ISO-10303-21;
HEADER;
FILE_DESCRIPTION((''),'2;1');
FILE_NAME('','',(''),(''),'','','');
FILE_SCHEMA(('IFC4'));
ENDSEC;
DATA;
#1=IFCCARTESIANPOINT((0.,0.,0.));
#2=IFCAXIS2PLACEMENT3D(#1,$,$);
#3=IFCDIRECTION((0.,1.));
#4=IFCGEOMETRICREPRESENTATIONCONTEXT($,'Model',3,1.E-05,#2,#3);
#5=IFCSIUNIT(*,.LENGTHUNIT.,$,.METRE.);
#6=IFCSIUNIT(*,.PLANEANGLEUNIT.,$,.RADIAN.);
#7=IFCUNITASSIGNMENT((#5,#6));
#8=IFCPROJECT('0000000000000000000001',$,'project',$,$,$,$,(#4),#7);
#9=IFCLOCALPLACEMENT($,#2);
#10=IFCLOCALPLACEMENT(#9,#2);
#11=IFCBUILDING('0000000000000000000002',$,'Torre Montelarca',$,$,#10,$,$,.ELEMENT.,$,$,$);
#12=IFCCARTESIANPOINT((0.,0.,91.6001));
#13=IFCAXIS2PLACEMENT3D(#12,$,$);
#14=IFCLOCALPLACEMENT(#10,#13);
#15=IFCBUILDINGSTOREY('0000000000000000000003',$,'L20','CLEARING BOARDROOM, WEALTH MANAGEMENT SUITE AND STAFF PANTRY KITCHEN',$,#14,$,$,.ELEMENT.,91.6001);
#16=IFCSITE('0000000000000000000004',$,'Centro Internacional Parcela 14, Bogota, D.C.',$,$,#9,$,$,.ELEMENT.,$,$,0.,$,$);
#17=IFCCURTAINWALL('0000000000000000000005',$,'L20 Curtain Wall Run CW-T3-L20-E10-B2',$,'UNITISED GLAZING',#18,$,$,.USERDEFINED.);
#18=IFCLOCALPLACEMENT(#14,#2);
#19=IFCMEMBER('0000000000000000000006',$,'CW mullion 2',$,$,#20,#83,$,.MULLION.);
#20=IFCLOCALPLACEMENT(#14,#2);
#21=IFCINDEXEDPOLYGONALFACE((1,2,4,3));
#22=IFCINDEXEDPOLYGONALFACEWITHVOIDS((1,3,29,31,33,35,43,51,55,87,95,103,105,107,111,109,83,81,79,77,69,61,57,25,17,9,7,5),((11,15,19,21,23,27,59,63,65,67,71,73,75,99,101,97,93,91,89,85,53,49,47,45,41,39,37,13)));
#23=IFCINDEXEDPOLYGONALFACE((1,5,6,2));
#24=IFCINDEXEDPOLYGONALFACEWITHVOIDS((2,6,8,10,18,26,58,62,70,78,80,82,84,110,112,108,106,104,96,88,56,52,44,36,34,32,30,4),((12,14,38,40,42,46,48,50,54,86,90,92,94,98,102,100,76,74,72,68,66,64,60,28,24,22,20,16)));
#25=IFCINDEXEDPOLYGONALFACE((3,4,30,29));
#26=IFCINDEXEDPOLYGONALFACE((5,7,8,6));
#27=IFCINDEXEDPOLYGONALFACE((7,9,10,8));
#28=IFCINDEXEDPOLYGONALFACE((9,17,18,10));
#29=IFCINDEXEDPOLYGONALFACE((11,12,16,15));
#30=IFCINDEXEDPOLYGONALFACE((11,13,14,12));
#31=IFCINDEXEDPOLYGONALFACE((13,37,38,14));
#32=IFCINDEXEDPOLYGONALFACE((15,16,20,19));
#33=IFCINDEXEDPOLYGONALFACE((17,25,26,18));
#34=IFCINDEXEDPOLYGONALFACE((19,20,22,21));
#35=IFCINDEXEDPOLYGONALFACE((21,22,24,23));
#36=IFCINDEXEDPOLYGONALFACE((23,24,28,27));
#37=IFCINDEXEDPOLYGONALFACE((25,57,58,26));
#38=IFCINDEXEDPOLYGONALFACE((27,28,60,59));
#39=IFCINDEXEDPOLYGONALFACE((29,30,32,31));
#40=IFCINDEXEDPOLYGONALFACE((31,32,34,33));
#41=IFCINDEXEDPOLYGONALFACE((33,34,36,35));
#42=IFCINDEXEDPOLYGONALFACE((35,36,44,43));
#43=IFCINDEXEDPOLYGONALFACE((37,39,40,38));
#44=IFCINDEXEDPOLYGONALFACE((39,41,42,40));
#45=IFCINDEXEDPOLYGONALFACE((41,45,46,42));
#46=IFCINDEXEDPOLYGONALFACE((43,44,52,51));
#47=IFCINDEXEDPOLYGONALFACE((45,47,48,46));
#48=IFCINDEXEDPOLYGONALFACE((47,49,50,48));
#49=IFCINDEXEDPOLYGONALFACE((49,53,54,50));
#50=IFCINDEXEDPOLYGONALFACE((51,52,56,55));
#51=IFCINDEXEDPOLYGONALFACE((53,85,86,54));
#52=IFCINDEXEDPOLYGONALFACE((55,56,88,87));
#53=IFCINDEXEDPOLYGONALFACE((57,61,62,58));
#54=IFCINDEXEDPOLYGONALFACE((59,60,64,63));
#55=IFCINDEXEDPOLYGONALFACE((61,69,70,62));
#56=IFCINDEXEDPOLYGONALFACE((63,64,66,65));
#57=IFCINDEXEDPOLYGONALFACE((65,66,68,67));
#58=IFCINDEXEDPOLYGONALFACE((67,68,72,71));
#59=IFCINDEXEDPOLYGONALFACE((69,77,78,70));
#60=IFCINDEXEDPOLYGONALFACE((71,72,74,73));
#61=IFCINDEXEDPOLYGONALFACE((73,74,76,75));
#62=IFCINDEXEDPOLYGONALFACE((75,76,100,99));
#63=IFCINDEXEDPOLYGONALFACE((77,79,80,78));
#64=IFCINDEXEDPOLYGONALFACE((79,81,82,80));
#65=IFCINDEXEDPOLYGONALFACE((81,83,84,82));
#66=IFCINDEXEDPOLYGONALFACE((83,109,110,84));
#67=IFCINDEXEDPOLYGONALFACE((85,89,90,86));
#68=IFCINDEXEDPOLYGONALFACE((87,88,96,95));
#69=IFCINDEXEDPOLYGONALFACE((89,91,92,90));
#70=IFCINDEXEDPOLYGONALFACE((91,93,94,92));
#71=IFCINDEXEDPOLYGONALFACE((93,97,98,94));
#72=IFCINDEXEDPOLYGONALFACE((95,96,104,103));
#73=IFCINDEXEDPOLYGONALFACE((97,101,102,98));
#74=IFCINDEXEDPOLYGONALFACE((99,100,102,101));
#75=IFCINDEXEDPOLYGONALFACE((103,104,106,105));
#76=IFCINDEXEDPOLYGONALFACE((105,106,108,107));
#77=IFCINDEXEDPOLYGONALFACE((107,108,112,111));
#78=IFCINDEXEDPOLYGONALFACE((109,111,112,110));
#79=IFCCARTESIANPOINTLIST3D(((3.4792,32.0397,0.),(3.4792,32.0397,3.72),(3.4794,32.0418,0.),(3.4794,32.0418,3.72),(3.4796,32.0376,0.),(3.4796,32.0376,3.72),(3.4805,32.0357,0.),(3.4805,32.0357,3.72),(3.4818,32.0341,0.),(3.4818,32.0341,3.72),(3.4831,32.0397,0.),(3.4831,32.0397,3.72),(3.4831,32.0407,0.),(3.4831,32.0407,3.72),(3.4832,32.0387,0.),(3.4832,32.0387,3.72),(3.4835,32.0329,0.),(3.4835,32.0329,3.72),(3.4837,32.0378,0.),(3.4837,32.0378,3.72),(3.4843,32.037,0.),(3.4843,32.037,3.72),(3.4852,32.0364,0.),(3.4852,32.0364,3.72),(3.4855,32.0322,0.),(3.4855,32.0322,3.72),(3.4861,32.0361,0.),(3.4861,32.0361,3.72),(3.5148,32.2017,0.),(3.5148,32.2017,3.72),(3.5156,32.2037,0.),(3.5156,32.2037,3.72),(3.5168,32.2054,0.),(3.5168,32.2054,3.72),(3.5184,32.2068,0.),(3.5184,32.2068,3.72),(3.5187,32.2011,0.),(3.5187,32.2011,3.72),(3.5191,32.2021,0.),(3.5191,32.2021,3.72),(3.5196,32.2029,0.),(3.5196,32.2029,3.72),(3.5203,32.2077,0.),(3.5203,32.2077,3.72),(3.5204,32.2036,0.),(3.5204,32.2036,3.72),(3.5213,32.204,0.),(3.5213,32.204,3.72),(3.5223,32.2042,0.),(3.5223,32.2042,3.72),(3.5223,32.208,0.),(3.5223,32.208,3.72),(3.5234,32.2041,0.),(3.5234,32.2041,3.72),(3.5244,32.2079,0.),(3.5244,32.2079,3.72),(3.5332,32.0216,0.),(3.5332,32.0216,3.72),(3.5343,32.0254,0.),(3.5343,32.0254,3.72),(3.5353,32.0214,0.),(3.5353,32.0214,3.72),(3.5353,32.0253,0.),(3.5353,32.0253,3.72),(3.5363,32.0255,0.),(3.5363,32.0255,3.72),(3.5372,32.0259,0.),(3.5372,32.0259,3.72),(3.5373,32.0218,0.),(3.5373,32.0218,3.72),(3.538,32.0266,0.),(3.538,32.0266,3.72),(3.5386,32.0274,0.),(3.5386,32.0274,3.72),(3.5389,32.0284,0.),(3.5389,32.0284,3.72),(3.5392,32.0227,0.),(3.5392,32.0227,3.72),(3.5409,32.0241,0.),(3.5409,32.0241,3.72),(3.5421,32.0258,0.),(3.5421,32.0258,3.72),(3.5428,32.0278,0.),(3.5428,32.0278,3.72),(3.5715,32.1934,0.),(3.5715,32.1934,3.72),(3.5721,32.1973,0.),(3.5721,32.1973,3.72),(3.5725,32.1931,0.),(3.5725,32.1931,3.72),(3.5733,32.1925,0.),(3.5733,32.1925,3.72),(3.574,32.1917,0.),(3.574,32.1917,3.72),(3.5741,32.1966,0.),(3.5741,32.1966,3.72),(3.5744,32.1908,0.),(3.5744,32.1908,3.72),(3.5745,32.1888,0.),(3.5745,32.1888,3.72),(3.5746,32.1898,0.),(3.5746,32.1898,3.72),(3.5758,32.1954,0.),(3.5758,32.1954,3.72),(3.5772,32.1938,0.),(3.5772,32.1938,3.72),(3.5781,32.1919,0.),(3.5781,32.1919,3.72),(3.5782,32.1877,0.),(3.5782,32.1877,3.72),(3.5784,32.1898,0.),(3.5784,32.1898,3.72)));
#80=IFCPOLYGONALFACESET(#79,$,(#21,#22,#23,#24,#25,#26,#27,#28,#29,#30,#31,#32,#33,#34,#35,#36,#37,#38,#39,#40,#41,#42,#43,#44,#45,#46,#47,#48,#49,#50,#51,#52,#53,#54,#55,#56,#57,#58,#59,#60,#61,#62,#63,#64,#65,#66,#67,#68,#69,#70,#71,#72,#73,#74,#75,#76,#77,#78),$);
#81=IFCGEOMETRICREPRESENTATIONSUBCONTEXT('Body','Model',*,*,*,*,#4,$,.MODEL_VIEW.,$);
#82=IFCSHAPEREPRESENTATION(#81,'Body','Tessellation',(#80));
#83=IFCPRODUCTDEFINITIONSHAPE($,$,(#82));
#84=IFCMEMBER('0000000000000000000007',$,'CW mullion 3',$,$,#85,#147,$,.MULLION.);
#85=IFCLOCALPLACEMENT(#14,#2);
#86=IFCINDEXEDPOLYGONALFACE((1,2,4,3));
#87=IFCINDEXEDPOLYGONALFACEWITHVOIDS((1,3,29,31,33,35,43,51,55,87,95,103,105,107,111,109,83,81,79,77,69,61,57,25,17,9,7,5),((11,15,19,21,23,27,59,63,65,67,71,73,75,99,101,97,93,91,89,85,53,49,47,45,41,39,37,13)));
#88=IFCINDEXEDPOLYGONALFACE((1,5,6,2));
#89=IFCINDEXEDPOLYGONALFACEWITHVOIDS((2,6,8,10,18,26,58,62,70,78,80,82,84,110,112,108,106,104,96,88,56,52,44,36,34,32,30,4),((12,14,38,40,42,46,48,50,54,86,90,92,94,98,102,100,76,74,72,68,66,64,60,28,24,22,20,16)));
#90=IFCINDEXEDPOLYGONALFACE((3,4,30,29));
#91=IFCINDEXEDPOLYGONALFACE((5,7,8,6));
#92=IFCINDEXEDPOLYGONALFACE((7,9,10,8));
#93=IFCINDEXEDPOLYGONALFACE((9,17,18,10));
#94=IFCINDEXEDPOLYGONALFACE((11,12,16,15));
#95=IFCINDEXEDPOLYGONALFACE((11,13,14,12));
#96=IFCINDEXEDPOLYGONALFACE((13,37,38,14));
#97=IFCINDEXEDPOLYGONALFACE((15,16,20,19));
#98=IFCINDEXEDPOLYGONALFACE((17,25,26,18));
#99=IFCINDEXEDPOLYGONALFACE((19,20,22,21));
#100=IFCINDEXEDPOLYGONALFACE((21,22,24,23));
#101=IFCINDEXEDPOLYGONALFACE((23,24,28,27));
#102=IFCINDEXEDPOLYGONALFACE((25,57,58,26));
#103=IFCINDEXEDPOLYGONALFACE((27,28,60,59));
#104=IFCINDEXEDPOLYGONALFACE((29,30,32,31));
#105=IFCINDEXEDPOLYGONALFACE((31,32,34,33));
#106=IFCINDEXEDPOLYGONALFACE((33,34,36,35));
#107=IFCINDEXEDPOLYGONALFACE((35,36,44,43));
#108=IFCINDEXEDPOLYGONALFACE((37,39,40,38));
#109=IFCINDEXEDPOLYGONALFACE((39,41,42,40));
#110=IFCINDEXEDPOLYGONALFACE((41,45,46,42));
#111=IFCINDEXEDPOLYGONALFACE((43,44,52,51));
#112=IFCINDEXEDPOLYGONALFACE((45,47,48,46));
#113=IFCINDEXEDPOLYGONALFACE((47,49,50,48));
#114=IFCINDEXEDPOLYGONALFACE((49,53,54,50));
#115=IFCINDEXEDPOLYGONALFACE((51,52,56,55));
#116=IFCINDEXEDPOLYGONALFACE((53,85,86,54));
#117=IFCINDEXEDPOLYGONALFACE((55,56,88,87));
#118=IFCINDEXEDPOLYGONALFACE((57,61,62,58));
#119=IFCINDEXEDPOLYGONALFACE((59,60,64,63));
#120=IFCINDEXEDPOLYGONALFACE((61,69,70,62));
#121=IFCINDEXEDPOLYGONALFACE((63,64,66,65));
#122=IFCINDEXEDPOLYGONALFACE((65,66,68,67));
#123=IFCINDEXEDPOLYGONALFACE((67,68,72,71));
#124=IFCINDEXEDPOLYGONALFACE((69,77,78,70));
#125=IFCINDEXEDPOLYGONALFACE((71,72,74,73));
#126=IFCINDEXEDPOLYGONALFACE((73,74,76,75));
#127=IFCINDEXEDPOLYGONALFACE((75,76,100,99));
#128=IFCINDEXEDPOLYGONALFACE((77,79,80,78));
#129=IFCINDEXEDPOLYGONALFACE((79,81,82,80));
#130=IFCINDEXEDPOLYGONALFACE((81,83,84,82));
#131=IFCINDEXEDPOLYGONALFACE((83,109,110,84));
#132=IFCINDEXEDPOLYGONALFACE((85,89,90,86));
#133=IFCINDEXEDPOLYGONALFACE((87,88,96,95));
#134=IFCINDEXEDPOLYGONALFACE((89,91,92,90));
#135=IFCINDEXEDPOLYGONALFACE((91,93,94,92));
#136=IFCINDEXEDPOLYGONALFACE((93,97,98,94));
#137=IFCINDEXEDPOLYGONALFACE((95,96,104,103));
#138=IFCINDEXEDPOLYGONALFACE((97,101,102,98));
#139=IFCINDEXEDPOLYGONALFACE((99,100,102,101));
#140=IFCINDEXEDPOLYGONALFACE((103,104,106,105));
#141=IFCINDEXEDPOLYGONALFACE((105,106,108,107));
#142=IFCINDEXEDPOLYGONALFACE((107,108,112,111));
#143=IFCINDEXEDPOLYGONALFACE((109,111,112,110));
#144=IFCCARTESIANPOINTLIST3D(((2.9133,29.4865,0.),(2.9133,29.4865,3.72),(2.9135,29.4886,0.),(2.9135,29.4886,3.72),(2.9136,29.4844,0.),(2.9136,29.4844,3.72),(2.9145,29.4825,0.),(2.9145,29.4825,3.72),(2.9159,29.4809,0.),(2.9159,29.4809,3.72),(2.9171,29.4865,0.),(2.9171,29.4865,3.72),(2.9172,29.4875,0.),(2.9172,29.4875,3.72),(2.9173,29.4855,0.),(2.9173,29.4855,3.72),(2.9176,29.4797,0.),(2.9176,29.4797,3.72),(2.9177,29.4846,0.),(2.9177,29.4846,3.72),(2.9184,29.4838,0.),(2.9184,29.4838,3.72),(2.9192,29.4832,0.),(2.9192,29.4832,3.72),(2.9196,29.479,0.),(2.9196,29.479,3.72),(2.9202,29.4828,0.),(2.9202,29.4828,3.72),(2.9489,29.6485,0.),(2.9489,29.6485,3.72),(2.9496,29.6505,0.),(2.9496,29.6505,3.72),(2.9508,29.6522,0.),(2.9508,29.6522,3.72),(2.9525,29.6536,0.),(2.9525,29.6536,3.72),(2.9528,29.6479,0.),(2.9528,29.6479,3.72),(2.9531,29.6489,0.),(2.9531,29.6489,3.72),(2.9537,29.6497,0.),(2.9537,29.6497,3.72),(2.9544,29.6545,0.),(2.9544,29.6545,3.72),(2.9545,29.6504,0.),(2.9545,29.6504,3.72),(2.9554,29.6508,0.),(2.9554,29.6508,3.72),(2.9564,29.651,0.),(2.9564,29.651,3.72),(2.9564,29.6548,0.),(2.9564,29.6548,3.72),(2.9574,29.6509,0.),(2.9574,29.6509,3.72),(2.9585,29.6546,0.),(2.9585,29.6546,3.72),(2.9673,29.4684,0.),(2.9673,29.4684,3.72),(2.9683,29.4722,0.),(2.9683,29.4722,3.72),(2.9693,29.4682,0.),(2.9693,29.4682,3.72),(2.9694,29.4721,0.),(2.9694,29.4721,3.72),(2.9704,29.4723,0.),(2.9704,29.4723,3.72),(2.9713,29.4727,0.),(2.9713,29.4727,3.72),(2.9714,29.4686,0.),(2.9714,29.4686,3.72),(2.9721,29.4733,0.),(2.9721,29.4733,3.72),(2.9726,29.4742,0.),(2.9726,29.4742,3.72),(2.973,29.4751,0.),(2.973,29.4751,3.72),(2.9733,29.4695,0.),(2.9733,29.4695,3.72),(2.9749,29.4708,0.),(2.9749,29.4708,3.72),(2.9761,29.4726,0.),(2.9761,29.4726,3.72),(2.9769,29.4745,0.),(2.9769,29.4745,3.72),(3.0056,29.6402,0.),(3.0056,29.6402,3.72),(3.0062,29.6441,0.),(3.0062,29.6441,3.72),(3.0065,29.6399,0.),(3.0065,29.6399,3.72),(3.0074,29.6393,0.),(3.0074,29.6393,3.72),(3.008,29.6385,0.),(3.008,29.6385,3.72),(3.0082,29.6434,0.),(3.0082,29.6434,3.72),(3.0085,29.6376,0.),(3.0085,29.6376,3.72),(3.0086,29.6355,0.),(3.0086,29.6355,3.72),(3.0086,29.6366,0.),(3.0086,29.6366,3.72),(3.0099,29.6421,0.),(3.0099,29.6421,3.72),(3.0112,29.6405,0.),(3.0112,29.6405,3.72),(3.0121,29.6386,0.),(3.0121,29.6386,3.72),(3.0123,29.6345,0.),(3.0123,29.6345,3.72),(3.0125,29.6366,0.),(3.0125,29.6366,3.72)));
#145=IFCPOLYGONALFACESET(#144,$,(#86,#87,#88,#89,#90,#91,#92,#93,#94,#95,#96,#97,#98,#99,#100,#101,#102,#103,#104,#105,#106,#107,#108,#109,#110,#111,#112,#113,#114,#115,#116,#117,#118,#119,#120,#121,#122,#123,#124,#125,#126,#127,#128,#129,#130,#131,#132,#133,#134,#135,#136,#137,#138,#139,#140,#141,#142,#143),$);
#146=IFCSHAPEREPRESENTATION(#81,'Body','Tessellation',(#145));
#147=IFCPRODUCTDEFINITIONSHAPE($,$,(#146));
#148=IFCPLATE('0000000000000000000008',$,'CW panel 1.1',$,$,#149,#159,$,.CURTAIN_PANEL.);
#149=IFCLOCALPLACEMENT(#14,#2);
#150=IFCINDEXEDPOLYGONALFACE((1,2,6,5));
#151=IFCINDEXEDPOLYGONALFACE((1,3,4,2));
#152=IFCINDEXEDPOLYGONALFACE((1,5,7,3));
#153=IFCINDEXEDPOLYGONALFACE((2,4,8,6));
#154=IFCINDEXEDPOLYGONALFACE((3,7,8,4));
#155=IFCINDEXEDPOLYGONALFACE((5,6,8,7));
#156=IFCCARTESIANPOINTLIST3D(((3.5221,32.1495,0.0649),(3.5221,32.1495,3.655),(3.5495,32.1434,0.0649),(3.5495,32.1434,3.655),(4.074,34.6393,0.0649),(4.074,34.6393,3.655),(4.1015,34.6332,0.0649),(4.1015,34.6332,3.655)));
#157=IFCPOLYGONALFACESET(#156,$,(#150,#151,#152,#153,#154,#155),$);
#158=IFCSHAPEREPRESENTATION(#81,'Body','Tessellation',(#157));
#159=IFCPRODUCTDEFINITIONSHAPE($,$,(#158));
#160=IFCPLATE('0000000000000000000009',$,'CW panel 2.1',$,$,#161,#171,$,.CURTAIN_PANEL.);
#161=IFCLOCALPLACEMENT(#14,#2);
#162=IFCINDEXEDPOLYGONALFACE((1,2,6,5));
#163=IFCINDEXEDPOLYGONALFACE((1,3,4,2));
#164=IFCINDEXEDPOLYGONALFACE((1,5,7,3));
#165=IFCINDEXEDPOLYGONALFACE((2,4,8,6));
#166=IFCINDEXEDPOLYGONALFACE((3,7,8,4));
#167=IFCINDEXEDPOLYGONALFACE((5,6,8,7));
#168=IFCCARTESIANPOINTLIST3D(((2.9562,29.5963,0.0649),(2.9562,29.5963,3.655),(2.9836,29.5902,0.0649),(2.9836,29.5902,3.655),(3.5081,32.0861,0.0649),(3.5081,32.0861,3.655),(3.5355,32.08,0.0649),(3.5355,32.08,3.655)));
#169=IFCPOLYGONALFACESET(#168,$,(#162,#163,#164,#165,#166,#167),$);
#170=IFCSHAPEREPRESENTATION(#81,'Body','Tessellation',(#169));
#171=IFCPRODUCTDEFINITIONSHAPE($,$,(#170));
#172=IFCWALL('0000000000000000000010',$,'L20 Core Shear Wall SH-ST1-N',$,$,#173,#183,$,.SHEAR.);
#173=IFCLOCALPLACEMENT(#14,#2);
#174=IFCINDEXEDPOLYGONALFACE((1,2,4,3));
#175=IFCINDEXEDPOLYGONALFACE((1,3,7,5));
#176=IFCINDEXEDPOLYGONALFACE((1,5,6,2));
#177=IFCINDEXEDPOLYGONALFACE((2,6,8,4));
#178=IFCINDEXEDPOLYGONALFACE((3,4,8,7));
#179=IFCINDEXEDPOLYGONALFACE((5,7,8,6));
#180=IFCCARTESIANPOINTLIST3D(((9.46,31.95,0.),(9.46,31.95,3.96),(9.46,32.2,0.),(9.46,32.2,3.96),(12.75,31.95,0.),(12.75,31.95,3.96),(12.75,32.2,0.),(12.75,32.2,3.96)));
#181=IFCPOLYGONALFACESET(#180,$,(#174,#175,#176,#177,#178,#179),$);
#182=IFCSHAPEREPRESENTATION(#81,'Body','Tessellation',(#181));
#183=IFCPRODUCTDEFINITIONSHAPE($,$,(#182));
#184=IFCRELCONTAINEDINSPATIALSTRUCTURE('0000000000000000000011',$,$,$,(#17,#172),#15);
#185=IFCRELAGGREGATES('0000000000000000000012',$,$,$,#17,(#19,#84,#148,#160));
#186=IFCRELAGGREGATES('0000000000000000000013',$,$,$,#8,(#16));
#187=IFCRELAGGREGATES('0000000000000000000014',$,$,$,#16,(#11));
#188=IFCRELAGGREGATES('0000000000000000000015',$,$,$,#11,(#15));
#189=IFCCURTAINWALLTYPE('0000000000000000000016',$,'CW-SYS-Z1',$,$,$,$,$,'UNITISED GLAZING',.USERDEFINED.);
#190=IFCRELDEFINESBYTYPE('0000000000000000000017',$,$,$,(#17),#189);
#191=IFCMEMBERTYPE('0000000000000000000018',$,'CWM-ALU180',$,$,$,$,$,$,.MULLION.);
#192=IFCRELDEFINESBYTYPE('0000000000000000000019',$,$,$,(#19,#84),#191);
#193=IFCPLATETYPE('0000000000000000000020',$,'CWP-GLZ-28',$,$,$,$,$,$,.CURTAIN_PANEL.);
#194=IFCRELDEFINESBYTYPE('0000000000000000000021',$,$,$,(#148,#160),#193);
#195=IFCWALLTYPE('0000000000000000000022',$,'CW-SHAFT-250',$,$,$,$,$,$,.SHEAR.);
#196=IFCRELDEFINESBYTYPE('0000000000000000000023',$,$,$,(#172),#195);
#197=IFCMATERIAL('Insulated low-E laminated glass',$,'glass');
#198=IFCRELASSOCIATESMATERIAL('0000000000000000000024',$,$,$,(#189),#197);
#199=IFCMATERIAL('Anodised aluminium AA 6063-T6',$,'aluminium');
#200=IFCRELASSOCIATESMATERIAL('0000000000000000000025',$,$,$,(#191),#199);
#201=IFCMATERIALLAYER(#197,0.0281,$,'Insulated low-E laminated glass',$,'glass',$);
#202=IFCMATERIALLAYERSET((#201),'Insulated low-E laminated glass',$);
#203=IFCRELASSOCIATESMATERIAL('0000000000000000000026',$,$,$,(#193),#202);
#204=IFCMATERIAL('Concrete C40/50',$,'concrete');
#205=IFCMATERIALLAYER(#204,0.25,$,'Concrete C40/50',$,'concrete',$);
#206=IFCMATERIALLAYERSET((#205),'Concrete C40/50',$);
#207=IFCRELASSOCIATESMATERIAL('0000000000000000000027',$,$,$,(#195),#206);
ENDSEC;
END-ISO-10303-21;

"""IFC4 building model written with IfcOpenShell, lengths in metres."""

from ifc_helpers import new_model, si_unit, direction, frame, frame_2d, origin, origin_2d, place, context, subcontext, project, spatial, rectangle, hollow_rectangle, extrude, source, transform, mapped, material, layer, layer_set, material_profile, profile_set, type_object, element, aggregate, save


model = new_model("IFC4")

# Units and contexts
model_context = context("Model", 3, precision=1e-05, world=origin(), true_north=direction((0.0, 1.0)))
body_context = subcontext(model_context, "Body", "Model", "MODEL_VIEW")
ifc_project = project(units=[si_unit("LENGTHUNIT", "METRE"), si_unit("PLANEANGLEUNIT", "RADIAN")], contexts=[model_context])

# Site, building, storey
site_placement = place(None, origin())
site = spatial("IfcSite", under=ifc_project, at=site_placement, Name="Centro Internacional Parcela 14, Bogota, D.C.", CompositionType="ELEMENT", RefElevation=0.0)
building_placement = place(site_placement, origin())
building = spatial("IfcBuilding", under=site, at=building_placement, Name="Torre Montelarca", CompositionType="ELEMENT")
storey_placement = place(building_placement, frame((0.0, 0.0, 91.6001)))
storey = spatial("IfcBuildingStorey", under=building, at=storey_placement, Name="L20", Description="CLEARING BOARDROOM, WEALTH MANAGEMENT SUITE AND STAFF PANTRY KITCHEN", CompositionType="ELEMENT", Elevation=91.6001)

# Curtain wall
ifc_material_1 = material(Name="Insulated low-E laminated glass", Category="glass")
curtain_wall_type = type_object("IfcCurtainWallType", Name="CW-SYS-Z1", ElementType="UNITISED GLAZING", PredefinedType="USERDEFINED", material=ifc_material_1)
curtain_wall_1_placement = place(storey_placement, origin())
curtain_wall_1 = element("IfcCurtainWall", 1, at=curtain_wall_1_placement, inside=storey, type_object=curtain_wall_type, Name="L20 Curtain Wall Run CW-T3-L20-E10-B2", ObjectType="UNITISED GLAZING", PredefinedType="USERDEFINED")
ifc_material_2 = material(Name="Anodised aluminium AA 6063-T6", Category="aluminium")

# Shared definitions
ifc_material_profile_1 = material_profile(ifc_material_2, hollow_rectangle(XDim=0.0649, YDim=0.1799, WallThickness=0.0039, InnerFilletRadius=0.0039, OuterFilletRadius=0.0081, at=origin_2d()), Name="ALU65X180X4", Category="aluminium")
ifc_profile_set_1 = profile_set([ifc_material_profile_1], Name="Anodised aluminium AA 6063-T6")
member_type_1 = type_object("IfcMemberType", Name="CWM-ALU180", PredefinedType="MULLION", material=ifc_profile_set_1)
shared_shape_1 = source(origin(), body_context, "Body", "SweptSolid", [
    extrude(hollow_rectangle(XDim=0.0649, YDim=0.1799, WallThickness=0.0039, InnerFilletRadius=0.0039, OuterFilletRadius=0.0081, at=origin_2d()), origin(), (0.0, 0.0, 1.0), 3.72),
])

# Members
member_1_placement = place(storey_placement, frame((3.5288, 32.1147, 0.0), z_axis=(0.0, 0.0, 1.0), x_axis=(0.976298, -0.216433, 0.0)))
member_1 = element("IfcMember", 2, at=member_1_placement, type_object=member_type_1, Name="CW mullion 2", PredefinedType="MULLION", context=body_context, shape_type="MappedRepresentation", body=[
    mapped(shared_shape_1, transform((0.0, 0.0, 0.0), scale=1.0)),
])
member_2_placement = place(storey_placement, frame((2.9629, 29.5615, 0.0), z_axis=(0.0, 0.0, 1.0), x_axis=(0.976298, -0.216433, 0.0)))
member_2 = element("IfcMember", 3, at=member_2_placement, type_object=member_type_1, Name="CW mullion 3", PredefinedType="MULLION", context=body_context, shape_type="MappedRepresentation", body=[
    mapped(shared_shape_1, transform((0.0, 0.0, 0.0), scale=1.0)),
])

# Plates
ifc_layer_1 = layer(ifc_material_1, 0.0281, Name="Insulated low-E laminated glass", Category="glass")
ifc_layer_set_1 = layer_set([ifc_layer_1], Name="Insulated low-E laminated glass")
plate_type = type_object("IfcPlateType", Name="CWP-GLZ-28", PredefinedType="CURTAIN_PANEL", material=ifc_layer_set_1)
shared_shape_2 = source(origin(), body_context, "Body", "SweptSolid", [
    extrude(rectangle(XDim=2.5503, YDim=0.0281, at=origin_2d()), origin(), (0.0, 0.0, 1.0), 3.5901),
])
plate_1_placement = place(storey_placement, frame((3.8118, 33.3914, 0.0649), z_axis=(0.0, 0.0, 1.0), x_axis=(-0.216433, -0.976298, 0.0)))
plate_1 = element("IfcPlate", 4, at=plate_1_placement, type_object=plate_type, Name="CW panel 1.1", PredefinedType="CURTAIN_PANEL", context=body_context, shape_type="MappedRepresentation", body=[
    mapped(shared_shape_2, transform((0.0, 0.0, 0.0), scale=1.0)),
])
plate_2_placement = place(storey_placement, frame((3.2458, 30.8381, 0.0649), z_axis=(0.0, 0.0, 1.0), x_axis=(-0.216433, -0.976298, 0.0)))
plate_2 = element("IfcPlate", 5, at=plate_2_placement, type_object=plate_type, Name="CW panel 2.1", PredefinedType="CURTAIN_PANEL", context=body_context, shape_type="MappedRepresentation", body=[
    mapped(shared_shape_2, transform((0.0, 0.0, 0.0), scale=1.0)),
])
aggregate(curtain_wall_1, [member_1, member_2, plate_1, plate_2])

# Wall
ifc_material_3 = material(Name="Concrete C40/50", Category="concrete")
ifc_layer_2 = layer(ifc_material_3, 0.25, Name="Concrete C40/50", Category="concrete")
ifc_layer_set_2 = layer_set([ifc_layer_2], Name="Concrete C40/50")
wall_type = type_object("IfcWallType", Name="CW-SHAFT-250", PredefinedType="SHEAR", material=ifc_layer_set_2)
wall_1_placement = place(storey_placement, frame((9.46, 32.075, 0.0), z_axis=(0.0, 0.0, 1.0), x_axis=(1.0, 0.0, 0.0)))
element("IfcWall", 6, at=wall_1_placement, inside=storey, type_object=wall_type, Name="L20 Core Shear Wall SH-ST1-N", PredefinedType="SHEAR", context=body_context, shape_type="SweptSolid", body=[
    extrude(rectangle(XDim=3.29, YDim=0.25, at=frame_2d((1.645, 0.0))), origin(), (0.0, 0.0, 1.0), 3.96),
])

save(model, "model.ifc")
